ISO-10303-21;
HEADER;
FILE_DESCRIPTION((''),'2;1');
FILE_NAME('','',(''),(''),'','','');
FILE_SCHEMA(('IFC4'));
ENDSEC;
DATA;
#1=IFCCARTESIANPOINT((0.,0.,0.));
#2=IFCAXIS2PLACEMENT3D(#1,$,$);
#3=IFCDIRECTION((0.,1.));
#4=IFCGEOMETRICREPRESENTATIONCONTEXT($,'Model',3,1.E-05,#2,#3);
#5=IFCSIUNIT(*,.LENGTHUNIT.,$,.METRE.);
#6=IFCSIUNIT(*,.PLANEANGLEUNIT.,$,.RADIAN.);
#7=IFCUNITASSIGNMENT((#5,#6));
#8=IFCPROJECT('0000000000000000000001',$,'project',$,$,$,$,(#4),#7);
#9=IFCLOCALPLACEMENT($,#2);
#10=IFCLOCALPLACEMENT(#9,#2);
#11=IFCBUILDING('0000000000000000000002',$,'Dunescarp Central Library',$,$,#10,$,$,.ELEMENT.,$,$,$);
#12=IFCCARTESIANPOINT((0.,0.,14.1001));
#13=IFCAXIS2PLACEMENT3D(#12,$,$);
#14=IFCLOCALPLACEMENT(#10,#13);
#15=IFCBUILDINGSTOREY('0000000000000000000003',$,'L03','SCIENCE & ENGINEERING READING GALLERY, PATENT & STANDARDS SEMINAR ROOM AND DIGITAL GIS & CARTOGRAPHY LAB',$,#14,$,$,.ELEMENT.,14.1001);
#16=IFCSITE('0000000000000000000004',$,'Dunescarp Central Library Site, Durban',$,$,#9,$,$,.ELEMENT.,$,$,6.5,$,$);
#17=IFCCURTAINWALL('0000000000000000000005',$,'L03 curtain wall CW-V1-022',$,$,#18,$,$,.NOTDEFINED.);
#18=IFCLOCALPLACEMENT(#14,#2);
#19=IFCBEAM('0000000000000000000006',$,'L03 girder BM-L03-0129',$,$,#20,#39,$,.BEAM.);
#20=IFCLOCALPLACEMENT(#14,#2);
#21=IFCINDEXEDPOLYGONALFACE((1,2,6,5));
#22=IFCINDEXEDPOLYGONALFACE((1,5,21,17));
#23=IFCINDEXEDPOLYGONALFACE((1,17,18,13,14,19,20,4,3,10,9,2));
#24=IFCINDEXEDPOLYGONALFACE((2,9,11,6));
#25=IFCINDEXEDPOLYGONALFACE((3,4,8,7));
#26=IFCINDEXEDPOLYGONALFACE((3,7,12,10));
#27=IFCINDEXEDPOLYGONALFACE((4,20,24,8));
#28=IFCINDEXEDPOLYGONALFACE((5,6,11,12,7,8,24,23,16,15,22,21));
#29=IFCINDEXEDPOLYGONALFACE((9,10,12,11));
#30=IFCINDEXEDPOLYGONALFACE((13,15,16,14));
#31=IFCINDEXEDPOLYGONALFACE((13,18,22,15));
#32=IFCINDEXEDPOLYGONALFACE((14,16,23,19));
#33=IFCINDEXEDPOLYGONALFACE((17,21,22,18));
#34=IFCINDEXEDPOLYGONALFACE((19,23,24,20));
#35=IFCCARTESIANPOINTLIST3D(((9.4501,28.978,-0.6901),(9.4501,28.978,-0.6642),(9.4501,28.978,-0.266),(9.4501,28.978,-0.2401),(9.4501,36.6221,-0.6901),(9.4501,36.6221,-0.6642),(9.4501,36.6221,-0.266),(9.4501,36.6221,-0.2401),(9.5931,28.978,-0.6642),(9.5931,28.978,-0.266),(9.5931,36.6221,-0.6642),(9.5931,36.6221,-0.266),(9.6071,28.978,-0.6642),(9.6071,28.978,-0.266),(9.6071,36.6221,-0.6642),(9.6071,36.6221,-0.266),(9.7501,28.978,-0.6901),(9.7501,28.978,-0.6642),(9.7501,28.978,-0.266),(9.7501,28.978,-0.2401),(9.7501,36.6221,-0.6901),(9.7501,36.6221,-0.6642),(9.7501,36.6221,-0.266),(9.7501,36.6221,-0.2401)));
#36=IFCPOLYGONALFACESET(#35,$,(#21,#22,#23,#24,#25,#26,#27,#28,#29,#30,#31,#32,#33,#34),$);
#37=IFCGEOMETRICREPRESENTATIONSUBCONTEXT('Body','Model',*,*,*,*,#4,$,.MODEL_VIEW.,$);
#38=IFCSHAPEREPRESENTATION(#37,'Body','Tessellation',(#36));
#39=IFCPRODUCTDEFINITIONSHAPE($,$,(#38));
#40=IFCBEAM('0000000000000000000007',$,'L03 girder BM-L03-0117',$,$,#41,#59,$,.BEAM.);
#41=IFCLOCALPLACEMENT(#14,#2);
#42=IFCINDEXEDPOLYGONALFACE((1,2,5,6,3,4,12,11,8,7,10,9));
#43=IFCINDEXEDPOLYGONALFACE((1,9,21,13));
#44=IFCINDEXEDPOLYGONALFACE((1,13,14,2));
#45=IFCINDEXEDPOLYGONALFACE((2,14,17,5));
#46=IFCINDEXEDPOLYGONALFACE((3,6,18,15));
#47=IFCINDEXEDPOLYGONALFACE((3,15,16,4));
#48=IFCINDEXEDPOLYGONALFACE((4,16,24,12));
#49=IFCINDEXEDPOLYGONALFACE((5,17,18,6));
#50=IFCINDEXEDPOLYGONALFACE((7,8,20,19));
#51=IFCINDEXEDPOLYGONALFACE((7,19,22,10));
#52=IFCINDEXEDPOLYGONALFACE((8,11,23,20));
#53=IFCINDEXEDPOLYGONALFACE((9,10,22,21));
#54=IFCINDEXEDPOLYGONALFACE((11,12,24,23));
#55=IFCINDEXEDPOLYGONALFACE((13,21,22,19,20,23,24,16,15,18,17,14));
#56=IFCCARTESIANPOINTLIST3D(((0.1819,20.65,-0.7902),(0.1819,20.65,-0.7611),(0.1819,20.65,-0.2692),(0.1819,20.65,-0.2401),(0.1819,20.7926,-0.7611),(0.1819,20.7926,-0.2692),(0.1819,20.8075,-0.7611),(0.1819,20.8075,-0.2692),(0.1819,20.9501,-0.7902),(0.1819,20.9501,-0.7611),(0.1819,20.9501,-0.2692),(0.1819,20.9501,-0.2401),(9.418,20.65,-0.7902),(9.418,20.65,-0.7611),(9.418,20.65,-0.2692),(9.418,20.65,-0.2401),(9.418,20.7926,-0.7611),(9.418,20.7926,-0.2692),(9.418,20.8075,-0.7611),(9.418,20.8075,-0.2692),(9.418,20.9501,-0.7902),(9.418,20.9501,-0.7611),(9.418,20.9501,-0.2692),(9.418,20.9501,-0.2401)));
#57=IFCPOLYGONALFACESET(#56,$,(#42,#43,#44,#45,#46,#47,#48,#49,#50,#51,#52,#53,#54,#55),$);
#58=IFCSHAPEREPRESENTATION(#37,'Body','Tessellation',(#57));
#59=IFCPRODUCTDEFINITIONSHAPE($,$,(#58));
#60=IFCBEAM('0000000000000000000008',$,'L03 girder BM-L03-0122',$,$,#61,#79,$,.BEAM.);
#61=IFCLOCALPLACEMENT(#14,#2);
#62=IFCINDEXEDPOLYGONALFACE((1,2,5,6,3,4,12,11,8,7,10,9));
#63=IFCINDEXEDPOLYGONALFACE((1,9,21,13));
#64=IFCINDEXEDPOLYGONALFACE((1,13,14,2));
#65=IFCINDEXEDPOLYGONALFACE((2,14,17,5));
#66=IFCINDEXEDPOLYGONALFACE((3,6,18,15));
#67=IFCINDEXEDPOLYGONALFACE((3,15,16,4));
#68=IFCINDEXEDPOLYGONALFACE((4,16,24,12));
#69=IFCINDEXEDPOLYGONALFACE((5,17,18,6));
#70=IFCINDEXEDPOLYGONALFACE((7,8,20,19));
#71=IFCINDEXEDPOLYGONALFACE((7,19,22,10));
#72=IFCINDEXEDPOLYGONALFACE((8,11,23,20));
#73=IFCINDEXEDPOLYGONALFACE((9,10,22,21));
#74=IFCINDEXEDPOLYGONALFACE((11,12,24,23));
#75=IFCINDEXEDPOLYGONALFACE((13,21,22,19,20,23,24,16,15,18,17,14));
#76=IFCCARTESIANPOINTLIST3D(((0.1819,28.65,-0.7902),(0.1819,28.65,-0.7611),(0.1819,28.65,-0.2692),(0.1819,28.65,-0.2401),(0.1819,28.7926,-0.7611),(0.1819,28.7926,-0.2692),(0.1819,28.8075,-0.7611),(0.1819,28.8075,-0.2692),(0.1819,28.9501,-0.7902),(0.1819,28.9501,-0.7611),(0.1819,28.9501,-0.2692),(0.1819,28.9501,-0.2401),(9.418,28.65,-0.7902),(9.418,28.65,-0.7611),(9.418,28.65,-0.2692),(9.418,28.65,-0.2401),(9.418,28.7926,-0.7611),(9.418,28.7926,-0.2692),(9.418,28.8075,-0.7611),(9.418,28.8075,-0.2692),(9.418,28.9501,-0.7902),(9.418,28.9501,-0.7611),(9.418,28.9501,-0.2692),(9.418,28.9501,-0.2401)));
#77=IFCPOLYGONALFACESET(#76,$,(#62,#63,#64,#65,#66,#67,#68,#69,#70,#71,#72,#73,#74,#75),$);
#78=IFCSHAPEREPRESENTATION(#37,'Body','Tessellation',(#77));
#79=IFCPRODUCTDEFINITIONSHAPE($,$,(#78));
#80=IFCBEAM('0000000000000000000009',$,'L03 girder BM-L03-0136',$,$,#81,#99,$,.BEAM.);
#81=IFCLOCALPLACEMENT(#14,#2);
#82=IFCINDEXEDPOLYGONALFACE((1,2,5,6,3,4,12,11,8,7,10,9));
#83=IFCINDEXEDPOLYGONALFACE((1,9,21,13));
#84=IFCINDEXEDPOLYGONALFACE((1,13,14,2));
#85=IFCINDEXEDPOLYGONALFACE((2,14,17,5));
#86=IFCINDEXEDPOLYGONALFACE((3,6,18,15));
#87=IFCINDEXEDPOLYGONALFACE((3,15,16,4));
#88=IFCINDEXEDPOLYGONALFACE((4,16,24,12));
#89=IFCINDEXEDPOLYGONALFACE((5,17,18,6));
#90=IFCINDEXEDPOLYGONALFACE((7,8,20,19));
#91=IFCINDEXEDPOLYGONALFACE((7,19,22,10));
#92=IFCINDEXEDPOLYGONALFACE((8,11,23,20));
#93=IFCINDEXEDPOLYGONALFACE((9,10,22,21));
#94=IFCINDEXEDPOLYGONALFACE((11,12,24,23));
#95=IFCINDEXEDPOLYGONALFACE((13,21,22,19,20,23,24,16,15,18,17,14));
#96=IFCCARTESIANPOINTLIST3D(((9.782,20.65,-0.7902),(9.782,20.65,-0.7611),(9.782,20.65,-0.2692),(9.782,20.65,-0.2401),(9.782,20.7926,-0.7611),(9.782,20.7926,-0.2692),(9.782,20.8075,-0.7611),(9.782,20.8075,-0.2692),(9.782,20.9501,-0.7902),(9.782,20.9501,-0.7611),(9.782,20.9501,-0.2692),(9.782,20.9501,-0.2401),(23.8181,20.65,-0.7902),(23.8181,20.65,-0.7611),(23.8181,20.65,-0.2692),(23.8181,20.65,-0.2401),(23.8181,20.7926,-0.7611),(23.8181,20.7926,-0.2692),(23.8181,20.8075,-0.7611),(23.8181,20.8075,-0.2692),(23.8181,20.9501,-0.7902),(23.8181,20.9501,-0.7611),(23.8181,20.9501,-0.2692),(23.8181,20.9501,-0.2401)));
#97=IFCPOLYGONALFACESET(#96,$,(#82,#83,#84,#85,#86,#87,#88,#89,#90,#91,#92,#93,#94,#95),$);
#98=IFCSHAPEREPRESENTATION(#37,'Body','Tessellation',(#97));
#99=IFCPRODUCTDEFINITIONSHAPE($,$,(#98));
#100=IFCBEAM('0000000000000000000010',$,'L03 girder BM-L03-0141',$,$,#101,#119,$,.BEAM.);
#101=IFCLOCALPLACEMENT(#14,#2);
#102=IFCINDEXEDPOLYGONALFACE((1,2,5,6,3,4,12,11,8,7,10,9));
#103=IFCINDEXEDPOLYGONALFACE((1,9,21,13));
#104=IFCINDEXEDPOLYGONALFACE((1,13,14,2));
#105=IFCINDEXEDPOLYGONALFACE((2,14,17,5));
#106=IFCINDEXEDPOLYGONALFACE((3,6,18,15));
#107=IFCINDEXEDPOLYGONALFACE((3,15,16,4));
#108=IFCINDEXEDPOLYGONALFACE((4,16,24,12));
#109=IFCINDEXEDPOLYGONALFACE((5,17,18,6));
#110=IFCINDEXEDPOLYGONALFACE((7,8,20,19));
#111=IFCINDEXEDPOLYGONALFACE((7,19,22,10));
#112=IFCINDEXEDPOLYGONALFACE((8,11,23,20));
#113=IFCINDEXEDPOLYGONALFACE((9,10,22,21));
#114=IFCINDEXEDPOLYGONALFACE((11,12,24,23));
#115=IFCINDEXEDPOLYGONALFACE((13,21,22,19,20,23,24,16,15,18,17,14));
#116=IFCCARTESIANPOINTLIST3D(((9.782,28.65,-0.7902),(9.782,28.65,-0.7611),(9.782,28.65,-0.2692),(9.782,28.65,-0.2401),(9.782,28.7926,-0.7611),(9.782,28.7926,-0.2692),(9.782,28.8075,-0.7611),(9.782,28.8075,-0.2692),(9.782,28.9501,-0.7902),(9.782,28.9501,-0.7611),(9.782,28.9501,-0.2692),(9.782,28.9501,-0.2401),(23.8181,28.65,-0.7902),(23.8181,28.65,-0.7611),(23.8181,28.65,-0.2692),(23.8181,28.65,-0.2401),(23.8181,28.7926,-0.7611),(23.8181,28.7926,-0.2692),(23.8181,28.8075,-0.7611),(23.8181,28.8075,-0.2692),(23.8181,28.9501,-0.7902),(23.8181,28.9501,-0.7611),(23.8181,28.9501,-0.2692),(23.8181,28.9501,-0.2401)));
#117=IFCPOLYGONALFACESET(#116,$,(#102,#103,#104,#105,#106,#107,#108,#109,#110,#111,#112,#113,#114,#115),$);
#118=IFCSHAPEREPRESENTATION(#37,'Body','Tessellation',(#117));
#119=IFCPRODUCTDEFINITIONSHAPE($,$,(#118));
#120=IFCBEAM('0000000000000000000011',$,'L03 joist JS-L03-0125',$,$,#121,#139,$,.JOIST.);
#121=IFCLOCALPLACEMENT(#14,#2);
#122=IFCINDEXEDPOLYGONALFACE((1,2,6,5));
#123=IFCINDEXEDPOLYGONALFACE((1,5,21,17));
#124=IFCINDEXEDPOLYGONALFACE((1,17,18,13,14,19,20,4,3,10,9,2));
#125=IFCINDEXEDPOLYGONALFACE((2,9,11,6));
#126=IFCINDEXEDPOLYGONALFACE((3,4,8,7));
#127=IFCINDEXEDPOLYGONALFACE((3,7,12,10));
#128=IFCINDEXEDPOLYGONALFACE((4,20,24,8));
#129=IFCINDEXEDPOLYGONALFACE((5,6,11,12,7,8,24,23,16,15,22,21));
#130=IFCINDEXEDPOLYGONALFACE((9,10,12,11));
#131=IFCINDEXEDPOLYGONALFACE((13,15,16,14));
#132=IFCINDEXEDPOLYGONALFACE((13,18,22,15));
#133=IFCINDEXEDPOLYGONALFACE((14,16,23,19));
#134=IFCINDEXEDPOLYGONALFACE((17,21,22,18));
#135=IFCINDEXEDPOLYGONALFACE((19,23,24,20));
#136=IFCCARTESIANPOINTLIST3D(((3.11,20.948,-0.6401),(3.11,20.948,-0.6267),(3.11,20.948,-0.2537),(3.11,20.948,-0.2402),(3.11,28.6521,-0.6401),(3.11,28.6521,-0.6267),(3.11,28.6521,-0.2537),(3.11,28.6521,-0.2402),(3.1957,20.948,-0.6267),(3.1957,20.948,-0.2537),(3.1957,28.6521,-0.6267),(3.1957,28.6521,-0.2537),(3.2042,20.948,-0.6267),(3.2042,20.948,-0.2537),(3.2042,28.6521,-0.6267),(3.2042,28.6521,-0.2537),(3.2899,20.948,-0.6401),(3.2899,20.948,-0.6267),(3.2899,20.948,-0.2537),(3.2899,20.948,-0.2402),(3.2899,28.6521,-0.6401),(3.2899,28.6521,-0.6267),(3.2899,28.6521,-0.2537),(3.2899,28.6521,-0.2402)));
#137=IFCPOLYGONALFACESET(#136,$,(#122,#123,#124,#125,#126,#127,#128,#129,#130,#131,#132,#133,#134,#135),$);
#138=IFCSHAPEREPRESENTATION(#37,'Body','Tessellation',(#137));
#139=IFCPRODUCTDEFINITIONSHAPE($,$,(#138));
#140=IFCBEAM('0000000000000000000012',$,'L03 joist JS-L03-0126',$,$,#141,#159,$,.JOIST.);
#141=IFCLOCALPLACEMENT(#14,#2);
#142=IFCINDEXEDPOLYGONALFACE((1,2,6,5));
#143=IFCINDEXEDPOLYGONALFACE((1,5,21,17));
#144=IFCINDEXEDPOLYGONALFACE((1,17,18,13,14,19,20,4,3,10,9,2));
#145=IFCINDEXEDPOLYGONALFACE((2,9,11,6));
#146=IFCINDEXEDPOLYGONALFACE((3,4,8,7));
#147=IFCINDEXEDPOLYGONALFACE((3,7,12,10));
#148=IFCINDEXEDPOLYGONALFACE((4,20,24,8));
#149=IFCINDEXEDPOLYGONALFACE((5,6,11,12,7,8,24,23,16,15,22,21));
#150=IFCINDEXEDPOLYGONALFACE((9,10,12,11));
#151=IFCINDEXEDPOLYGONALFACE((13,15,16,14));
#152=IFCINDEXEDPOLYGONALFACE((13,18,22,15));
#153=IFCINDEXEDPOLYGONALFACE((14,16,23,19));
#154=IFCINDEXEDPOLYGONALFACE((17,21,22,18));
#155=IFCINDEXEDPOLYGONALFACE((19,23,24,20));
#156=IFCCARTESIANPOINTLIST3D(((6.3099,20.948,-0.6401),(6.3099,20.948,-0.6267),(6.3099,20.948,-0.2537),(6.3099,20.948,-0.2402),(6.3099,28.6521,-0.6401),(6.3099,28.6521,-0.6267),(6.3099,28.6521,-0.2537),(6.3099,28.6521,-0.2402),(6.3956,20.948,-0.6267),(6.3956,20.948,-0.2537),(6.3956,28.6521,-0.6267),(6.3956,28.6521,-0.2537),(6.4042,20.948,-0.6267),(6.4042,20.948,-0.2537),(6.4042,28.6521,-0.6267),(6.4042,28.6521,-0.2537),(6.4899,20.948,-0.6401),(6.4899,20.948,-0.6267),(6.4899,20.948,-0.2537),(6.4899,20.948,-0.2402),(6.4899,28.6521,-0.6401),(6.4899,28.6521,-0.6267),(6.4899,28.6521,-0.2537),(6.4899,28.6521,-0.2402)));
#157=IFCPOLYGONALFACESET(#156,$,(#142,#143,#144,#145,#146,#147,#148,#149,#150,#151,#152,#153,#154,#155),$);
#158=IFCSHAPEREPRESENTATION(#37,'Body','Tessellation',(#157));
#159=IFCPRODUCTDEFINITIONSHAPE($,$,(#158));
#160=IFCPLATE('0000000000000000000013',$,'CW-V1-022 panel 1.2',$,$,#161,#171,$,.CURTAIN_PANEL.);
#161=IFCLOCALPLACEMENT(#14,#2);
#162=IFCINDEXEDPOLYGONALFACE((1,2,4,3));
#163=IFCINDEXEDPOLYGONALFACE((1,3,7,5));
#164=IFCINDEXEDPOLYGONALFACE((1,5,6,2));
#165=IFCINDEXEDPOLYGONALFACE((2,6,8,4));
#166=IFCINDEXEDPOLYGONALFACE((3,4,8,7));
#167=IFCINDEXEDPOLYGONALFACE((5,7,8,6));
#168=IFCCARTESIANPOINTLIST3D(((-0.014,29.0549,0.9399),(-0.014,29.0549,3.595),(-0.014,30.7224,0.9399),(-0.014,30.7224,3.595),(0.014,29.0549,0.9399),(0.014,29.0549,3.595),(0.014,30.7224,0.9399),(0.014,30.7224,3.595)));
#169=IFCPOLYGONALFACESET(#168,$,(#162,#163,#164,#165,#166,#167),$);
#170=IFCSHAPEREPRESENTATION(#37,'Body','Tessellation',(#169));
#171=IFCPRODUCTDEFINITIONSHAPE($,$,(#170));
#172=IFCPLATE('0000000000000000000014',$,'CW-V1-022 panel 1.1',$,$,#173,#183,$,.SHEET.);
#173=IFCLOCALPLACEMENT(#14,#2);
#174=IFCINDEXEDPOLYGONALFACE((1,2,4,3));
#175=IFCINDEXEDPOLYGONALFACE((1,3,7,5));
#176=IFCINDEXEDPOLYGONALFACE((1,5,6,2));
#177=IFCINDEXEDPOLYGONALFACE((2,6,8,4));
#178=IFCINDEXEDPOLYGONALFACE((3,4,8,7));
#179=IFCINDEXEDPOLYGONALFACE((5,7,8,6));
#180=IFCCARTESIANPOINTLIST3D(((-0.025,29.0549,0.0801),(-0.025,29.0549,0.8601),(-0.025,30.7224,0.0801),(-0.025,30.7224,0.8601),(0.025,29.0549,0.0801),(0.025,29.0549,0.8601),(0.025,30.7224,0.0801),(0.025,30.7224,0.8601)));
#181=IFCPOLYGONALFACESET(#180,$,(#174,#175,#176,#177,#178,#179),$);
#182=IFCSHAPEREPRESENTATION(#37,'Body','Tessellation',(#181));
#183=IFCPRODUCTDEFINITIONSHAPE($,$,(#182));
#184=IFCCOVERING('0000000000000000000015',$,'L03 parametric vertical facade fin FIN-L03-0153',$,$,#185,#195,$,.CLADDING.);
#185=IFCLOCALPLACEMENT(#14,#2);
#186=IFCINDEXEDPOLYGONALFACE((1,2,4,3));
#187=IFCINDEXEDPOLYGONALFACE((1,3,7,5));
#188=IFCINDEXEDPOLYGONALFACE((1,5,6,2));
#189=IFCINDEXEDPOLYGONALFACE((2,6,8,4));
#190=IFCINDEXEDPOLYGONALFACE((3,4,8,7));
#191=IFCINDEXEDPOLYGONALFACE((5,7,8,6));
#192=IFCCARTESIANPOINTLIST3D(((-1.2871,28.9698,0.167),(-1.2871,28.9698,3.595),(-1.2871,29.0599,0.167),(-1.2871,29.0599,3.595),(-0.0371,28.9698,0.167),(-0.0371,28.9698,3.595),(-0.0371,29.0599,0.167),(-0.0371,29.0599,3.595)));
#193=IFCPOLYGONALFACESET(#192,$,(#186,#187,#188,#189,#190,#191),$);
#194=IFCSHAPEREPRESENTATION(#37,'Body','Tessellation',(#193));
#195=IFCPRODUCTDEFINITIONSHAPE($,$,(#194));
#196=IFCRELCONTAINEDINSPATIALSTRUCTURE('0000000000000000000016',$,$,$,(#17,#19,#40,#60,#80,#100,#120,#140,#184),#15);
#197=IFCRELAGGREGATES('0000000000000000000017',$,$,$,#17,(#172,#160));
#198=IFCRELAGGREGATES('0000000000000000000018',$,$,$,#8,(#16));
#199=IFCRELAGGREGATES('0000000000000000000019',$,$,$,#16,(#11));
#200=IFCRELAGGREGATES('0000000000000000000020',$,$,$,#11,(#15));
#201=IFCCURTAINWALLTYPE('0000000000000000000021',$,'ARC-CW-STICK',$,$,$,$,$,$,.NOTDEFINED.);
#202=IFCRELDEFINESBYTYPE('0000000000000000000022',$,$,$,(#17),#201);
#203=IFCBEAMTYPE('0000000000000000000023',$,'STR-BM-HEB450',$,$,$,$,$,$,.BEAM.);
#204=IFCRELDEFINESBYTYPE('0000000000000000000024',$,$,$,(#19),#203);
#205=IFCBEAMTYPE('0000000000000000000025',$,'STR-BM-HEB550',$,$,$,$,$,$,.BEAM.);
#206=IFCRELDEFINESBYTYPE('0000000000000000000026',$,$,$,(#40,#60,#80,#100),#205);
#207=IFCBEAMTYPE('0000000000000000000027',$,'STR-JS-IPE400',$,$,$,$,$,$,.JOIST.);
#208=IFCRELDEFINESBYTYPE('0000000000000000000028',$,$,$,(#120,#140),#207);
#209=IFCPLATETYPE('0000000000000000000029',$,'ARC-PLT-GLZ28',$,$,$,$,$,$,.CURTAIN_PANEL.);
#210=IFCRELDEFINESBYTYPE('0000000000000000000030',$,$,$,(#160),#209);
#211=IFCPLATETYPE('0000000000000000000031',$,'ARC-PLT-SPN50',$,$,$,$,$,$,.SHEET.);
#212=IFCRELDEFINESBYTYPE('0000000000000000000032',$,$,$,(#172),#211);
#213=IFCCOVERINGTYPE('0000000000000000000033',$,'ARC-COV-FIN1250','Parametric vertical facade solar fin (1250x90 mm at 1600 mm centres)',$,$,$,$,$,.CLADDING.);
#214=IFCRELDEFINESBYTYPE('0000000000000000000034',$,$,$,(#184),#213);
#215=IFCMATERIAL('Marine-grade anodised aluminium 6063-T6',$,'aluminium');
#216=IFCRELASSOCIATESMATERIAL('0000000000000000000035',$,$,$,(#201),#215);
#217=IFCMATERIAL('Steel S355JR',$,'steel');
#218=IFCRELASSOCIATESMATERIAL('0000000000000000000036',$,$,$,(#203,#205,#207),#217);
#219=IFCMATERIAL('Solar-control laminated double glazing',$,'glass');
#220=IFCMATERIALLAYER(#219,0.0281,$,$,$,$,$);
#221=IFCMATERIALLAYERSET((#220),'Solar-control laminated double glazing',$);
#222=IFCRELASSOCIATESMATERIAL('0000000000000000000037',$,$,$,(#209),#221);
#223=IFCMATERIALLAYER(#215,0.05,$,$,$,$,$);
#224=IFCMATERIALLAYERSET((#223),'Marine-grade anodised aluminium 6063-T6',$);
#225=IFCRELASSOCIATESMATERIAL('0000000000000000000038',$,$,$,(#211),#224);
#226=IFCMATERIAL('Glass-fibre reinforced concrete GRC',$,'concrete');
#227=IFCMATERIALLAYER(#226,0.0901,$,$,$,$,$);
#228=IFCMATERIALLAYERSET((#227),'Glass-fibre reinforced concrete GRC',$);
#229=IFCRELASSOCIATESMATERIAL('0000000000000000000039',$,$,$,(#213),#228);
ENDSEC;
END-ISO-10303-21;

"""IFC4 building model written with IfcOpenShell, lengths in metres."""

from ifc_helpers import new_model, si_unit, direction, frame, origin, origin_2d, place, context, subcontext, project, spatial, rectangle, i_section, extrude, material, layer, layer_set, material_profile, profile_set, type_object, element, aggregate, save


model = new_model("IFC4")

# Units and contexts
model_context = context("Model", 3, precision=1e-05, world=origin(), true_north=direction((0.0, 1.0)))
body_context = subcontext(model_context, "Body", "Model", "MODEL_VIEW")
ifc_project = project(units=[si_unit("LENGTHUNIT", "METRE"), si_unit("PLANEANGLEUNIT", "RADIAN")], contexts=[model_context])

# Site, building, storey
site_placement = place(None, origin())
site = spatial("IfcSite", under=ifc_project, at=site_placement, Name="Dunescarp Central Library Site, Durban", CompositionType="ELEMENT", RefElevation=6.5)
building_placement = place(site_placement, origin())
building = spatial("IfcBuilding", under=site, at=building_placement, Name="Dunescarp Central Library", CompositionType="ELEMENT")
storey_placement = place(building_placement, frame((0.0, 0.0, 14.1001)))
storey = spatial("IfcBuildingStorey", under=building, at=storey_placement, Name="L03", Description="SCIENCE & ENGINEERING READING GALLERY, PATENT & STANDARDS SEMINAR ROOM AND DIGITAL GIS & CARTOGRAPHY LAB", CompositionType="ELEMENT", Elevation=14.1001)

# Shared definitions
ifc_material_1 = material(Name="Steel S355JR", Category="steel")

# Curtain wall
ifc_material_2 = material(Name="Marine-grade anodised aluminium 6063-T6", Category="aluminium")
curtain_wall_type = type_object("IfcCurtainWallType", Name="ARC-CW-STICK", PredefinedType="NOTDEFINED", material=ifc_material_2)
curtain_wall_placement = place(storey_placement, origin())
curtain_wall = element("IfcCurtainWall", 1, at=curtain_wall_placement, inside=storey, type_object=curtain_wall_type, Name="L03 curtain wall CW-V1-022", PredefinedType="NOTDEFINED")

# Beams
ifc_material_profile_1 = material_profile(ifc_material_1, i_section(OverallWidth=0.3, OverallDepth=0.45, WebThickness=0.0139, FlangeThickness=0.0259, at=origin_2d()), Name="HEB 450")
ifc_profile_set_1 = profile_set([ifc_material_profile_1], Name="Steel S355JR")
beam_type_1 = type_object("IfcBeamType", Name="STR-BM-HEB450", PredefinedType="BEAM", material=ifc_profile_set_1)
for number, where, z_axis, x_axis, name in (
    (2, (9.6001, 28.978, -0.4651), (0.0, 1.0, 0.0), (-1.0, 0.0, 0.0), "L03 girder BM-L03-0129"),
):
    element("IfcBeam", number, at=place(storey_placement, frame(where, z_axis=z_axis, x_axis=x_axis)), inside=storey, type_object=beam_type_1, Name=name, PredefinedType="BEAM", context=body_context, shape_type="SweptSolid", body=[
        extrude(i_section(OverallWidth=0.3, OverallDepth=0.45, WebThickness=0.0139, FlangeThickness=0.0259, at=origin_2d()), origin(), (0.0, 0.0, 1.0), 7.644),
    ])
ifc_material_profile_2 = material_profile(ifc_material_1, i_section(OverallWidth=0.3, OverallDepth=0.55, WebThickness=0.0149, FlangeThickness=0.0291, at=origin_2d()), Name="HEB 550")
ifc_profile_set_2 = profile_set([ifc_material_profile_2], Name="Steel S355JR")
beam_type_2 = type_object("IfcBeamType", Name="STR-BM-HEB550", PredefinedType="BEAM", material=ifc_profile_set_2)
for number, where, z_axis, x_axis, name in (
    (3, (0.1819, 20.8, -0.5151), (1.0, 0.0, 0.0), (0.0, 1.0, 0.0), "L03 girder BM-L03-0117"),
    (4, (0.1819, 28.8, -0.5151), (1.0, 0.0, 0.0), (0.0, 1.0, 0.0), "L03 girder BM-L03-0122"),
):
    element("IfcBeam", number, at=place(storey_placement, frame(where, z_axis=z_axis, x_axis=x_axis)), inside=storey, type_object=beam_type_2, Name=name, PredefinedType="BEAM", context=body_context, shape_type="SweptSolid", body=[
        extrude(i_section(OverallWidth=0.3, OverallDepth=0.55, WebThickness=0.0149, FlangeThickness=0.0291, at=origin_2d()), origin(), (0.0, 0.0, 1.0), 9.2361),
    ])
for number, where, z_axis, x_axis, name in (
    (5, (9.782, 20.8, -0.5151), (1.0, 0.0, 0.0), (0.0, 1.0, 0.0), "L03 girder BM-L03-0136"),
    (6, (9.782, 28.8, -0.5151), (1.0, 0.0, 0.0), (0.0, 1.0, 0.0), "L03 girder BM-L03-0141"),
):
    element("IfcBeam", number, at=place(storey_placement, frame(where, z_axis=z_axis, x_axis=x_axis)), inside=storey, type_object=beam_type_2, Name=name, PredefinedType="BEAM", context=body_context, shape_type="SweptSolid", body=[
        extrude(i_section(OverallWidth=0.3, OverallDepth=0.55, WebThickness=0.0149, FlangeThickness=0.0291, at=origin_2d()), origin(), (0.0, 0.0, 1.0), 14.0361),
    ])
ifc_material_profile_3 = material_profile(ifc_material_1, i_section(OverallWidth=0.1799, OverallDepth=0.3999, WebThickness=0.0085, FlangeThickness=0.0134, at=origin_2d()), Name="IPE 400")
ifc_profile_set_3 = profile_set([ifc_material_profile_3], Name="Steel S355JR")
beam_type_3 = type_object("IfcBeamType", Name="STR-JS-IPE400", PredefinedType="JOIST", material=ifc_profile_set_3)
for number, where, z_axis, x_axis, name in (
    (7, (3.2, 20.948, -0.4402), (0.0, 1.0, 0.0), (-1.0, 0.0, 0.0), "L03 joist JS-L03-0125"),
    (8, (6.3999, 20.948, -0.4402), (0.0, 1.0, 0.0), (-1.0, 0.0, 0.0), "L03 joist JS-L03-0126"),
):
    element("IfcBeam", number, at=place(storey_placement, frame(where, z_axis=z_axis, x_axis=x_axis)), inside=storey, type_object=beam_type_3, Name=name, PredefinedType="JOIST", context=body_context, shape_type="SweptSolid", body=[
        extrude(i_section(OverallWidth=0.1799, OverallDepth=0.3999, WebThickness=0.0085, FlangeThickness=0.0134, at=origin_2d()), origin(), (0.0, 0.0, 1.0), 7.7041),
    ])

# Plates
ifc_material_3 = material(Name="Solar-control laminated double glazing", Category="glass")
ifc_layer_1 = layer(ifc_material_3, 0.0281)
ifc_layer_set_1 = layer_set([ifc_layer_1], Name="Solar-control laminated double glazing")
plate_type_1 = type_object("IfcPlateType", Name="ARC-PLT-GLZ28", PredefinedType="CURTAIN_PANEL", material=ifc_layer_set_1)
plate_1_placement = place(storey_placement, frame((0.0, 29.8887, 0.9399), z_axis=(0.0, 0.0, 1.0), x_axis=(0.0, 1.0, 0.0)))
plate_1 = element("IfcPlate", 9, at=plate_1_placement, type_object=plate_type_1, Name="CW-V1-022 panel 1.2", PredefinedType="CURTAIN_PANEL", context=body_context, shape_type="SweptSolid", body=[
    extrude(rectangle(XDim=1.6675, YDim=0.0281, at=origin_2d()), origin(), (0.0, 0.0, 1.0), 2.655),
])
ifc_layer_2 = layer(ifc_material_2, 0.05)
ifc_layer_set_2 = layer_set([ifc_layer_2], Name="Marine-grade anodised aluminium 6063-T6")
plate_type_2 = type_object("IfcPlateType", Name="ARC-PLT-SPN50", PredefinedType="SHEET", material=ifc_layer_set_2)
plate_2_placement = place(storey_placement, frame((0.0, 29.8887, 0.0801), z_axis=(0.0, 0.0, 1.0), x_axis=(0.0, 1.0, 0.0)))
plate_2 = element("IfcPlate", 10, at=plate_2_placement, type_object=plate_type_2, Name="CW-V1-022 panel 1.1", PredefinedType="SHEET", context=body_context, shape_type="SweptSolid", body=[
    extrude(rectangle(XDim=1.6675, YDim=0.05, at=origin_2d()), origin(), (0.0, 0.0, 1.0), 0.78),
])
aggregate(curtain_wall, [plate_2, plate_1])

# Covering
ifc_material_4 = material(Name="Glass-fibre reinforced concrete GRC", Category="concrete")
ifc_layer_3 = layer(ifc_material_4, 0.0901)
ifc_layer_set_3 = layer_set([ifc_layer_3], Name="Glass-fibre reinforced concrete GRC")
covering_type = type_object("IfcCoveringType", Name="ARC-COV-FIN1250", Description="Parametric vertical facade solar fin (1250x90 mm at 1600 mm centres)", PredefinedType="CLADDING", material=ifc_layer_set_3)
covering_placement = place(storey_placement, frame((-0.6621, 29.0149, 0.167), z_axis=(0.0, 0.0, 1.0), x_axis=(-1.0, 0.0, 0.0)))
element("IfcCovering", 11, at=covering_placement, inside=storey, type_object=covering_type, Name="L03 parametric vertical facade fin FIN-L03-0153", PredefinedType="CLADDING", context=body_context, shape_type="SweptSolid", body=[
    extrude(rectangle(XDim=1.25, YDim=0.0901, at=origin_2d()), origin(), (0.0, 0.0, 1.0), 3.428),
])

save(model, "model.ifc")
